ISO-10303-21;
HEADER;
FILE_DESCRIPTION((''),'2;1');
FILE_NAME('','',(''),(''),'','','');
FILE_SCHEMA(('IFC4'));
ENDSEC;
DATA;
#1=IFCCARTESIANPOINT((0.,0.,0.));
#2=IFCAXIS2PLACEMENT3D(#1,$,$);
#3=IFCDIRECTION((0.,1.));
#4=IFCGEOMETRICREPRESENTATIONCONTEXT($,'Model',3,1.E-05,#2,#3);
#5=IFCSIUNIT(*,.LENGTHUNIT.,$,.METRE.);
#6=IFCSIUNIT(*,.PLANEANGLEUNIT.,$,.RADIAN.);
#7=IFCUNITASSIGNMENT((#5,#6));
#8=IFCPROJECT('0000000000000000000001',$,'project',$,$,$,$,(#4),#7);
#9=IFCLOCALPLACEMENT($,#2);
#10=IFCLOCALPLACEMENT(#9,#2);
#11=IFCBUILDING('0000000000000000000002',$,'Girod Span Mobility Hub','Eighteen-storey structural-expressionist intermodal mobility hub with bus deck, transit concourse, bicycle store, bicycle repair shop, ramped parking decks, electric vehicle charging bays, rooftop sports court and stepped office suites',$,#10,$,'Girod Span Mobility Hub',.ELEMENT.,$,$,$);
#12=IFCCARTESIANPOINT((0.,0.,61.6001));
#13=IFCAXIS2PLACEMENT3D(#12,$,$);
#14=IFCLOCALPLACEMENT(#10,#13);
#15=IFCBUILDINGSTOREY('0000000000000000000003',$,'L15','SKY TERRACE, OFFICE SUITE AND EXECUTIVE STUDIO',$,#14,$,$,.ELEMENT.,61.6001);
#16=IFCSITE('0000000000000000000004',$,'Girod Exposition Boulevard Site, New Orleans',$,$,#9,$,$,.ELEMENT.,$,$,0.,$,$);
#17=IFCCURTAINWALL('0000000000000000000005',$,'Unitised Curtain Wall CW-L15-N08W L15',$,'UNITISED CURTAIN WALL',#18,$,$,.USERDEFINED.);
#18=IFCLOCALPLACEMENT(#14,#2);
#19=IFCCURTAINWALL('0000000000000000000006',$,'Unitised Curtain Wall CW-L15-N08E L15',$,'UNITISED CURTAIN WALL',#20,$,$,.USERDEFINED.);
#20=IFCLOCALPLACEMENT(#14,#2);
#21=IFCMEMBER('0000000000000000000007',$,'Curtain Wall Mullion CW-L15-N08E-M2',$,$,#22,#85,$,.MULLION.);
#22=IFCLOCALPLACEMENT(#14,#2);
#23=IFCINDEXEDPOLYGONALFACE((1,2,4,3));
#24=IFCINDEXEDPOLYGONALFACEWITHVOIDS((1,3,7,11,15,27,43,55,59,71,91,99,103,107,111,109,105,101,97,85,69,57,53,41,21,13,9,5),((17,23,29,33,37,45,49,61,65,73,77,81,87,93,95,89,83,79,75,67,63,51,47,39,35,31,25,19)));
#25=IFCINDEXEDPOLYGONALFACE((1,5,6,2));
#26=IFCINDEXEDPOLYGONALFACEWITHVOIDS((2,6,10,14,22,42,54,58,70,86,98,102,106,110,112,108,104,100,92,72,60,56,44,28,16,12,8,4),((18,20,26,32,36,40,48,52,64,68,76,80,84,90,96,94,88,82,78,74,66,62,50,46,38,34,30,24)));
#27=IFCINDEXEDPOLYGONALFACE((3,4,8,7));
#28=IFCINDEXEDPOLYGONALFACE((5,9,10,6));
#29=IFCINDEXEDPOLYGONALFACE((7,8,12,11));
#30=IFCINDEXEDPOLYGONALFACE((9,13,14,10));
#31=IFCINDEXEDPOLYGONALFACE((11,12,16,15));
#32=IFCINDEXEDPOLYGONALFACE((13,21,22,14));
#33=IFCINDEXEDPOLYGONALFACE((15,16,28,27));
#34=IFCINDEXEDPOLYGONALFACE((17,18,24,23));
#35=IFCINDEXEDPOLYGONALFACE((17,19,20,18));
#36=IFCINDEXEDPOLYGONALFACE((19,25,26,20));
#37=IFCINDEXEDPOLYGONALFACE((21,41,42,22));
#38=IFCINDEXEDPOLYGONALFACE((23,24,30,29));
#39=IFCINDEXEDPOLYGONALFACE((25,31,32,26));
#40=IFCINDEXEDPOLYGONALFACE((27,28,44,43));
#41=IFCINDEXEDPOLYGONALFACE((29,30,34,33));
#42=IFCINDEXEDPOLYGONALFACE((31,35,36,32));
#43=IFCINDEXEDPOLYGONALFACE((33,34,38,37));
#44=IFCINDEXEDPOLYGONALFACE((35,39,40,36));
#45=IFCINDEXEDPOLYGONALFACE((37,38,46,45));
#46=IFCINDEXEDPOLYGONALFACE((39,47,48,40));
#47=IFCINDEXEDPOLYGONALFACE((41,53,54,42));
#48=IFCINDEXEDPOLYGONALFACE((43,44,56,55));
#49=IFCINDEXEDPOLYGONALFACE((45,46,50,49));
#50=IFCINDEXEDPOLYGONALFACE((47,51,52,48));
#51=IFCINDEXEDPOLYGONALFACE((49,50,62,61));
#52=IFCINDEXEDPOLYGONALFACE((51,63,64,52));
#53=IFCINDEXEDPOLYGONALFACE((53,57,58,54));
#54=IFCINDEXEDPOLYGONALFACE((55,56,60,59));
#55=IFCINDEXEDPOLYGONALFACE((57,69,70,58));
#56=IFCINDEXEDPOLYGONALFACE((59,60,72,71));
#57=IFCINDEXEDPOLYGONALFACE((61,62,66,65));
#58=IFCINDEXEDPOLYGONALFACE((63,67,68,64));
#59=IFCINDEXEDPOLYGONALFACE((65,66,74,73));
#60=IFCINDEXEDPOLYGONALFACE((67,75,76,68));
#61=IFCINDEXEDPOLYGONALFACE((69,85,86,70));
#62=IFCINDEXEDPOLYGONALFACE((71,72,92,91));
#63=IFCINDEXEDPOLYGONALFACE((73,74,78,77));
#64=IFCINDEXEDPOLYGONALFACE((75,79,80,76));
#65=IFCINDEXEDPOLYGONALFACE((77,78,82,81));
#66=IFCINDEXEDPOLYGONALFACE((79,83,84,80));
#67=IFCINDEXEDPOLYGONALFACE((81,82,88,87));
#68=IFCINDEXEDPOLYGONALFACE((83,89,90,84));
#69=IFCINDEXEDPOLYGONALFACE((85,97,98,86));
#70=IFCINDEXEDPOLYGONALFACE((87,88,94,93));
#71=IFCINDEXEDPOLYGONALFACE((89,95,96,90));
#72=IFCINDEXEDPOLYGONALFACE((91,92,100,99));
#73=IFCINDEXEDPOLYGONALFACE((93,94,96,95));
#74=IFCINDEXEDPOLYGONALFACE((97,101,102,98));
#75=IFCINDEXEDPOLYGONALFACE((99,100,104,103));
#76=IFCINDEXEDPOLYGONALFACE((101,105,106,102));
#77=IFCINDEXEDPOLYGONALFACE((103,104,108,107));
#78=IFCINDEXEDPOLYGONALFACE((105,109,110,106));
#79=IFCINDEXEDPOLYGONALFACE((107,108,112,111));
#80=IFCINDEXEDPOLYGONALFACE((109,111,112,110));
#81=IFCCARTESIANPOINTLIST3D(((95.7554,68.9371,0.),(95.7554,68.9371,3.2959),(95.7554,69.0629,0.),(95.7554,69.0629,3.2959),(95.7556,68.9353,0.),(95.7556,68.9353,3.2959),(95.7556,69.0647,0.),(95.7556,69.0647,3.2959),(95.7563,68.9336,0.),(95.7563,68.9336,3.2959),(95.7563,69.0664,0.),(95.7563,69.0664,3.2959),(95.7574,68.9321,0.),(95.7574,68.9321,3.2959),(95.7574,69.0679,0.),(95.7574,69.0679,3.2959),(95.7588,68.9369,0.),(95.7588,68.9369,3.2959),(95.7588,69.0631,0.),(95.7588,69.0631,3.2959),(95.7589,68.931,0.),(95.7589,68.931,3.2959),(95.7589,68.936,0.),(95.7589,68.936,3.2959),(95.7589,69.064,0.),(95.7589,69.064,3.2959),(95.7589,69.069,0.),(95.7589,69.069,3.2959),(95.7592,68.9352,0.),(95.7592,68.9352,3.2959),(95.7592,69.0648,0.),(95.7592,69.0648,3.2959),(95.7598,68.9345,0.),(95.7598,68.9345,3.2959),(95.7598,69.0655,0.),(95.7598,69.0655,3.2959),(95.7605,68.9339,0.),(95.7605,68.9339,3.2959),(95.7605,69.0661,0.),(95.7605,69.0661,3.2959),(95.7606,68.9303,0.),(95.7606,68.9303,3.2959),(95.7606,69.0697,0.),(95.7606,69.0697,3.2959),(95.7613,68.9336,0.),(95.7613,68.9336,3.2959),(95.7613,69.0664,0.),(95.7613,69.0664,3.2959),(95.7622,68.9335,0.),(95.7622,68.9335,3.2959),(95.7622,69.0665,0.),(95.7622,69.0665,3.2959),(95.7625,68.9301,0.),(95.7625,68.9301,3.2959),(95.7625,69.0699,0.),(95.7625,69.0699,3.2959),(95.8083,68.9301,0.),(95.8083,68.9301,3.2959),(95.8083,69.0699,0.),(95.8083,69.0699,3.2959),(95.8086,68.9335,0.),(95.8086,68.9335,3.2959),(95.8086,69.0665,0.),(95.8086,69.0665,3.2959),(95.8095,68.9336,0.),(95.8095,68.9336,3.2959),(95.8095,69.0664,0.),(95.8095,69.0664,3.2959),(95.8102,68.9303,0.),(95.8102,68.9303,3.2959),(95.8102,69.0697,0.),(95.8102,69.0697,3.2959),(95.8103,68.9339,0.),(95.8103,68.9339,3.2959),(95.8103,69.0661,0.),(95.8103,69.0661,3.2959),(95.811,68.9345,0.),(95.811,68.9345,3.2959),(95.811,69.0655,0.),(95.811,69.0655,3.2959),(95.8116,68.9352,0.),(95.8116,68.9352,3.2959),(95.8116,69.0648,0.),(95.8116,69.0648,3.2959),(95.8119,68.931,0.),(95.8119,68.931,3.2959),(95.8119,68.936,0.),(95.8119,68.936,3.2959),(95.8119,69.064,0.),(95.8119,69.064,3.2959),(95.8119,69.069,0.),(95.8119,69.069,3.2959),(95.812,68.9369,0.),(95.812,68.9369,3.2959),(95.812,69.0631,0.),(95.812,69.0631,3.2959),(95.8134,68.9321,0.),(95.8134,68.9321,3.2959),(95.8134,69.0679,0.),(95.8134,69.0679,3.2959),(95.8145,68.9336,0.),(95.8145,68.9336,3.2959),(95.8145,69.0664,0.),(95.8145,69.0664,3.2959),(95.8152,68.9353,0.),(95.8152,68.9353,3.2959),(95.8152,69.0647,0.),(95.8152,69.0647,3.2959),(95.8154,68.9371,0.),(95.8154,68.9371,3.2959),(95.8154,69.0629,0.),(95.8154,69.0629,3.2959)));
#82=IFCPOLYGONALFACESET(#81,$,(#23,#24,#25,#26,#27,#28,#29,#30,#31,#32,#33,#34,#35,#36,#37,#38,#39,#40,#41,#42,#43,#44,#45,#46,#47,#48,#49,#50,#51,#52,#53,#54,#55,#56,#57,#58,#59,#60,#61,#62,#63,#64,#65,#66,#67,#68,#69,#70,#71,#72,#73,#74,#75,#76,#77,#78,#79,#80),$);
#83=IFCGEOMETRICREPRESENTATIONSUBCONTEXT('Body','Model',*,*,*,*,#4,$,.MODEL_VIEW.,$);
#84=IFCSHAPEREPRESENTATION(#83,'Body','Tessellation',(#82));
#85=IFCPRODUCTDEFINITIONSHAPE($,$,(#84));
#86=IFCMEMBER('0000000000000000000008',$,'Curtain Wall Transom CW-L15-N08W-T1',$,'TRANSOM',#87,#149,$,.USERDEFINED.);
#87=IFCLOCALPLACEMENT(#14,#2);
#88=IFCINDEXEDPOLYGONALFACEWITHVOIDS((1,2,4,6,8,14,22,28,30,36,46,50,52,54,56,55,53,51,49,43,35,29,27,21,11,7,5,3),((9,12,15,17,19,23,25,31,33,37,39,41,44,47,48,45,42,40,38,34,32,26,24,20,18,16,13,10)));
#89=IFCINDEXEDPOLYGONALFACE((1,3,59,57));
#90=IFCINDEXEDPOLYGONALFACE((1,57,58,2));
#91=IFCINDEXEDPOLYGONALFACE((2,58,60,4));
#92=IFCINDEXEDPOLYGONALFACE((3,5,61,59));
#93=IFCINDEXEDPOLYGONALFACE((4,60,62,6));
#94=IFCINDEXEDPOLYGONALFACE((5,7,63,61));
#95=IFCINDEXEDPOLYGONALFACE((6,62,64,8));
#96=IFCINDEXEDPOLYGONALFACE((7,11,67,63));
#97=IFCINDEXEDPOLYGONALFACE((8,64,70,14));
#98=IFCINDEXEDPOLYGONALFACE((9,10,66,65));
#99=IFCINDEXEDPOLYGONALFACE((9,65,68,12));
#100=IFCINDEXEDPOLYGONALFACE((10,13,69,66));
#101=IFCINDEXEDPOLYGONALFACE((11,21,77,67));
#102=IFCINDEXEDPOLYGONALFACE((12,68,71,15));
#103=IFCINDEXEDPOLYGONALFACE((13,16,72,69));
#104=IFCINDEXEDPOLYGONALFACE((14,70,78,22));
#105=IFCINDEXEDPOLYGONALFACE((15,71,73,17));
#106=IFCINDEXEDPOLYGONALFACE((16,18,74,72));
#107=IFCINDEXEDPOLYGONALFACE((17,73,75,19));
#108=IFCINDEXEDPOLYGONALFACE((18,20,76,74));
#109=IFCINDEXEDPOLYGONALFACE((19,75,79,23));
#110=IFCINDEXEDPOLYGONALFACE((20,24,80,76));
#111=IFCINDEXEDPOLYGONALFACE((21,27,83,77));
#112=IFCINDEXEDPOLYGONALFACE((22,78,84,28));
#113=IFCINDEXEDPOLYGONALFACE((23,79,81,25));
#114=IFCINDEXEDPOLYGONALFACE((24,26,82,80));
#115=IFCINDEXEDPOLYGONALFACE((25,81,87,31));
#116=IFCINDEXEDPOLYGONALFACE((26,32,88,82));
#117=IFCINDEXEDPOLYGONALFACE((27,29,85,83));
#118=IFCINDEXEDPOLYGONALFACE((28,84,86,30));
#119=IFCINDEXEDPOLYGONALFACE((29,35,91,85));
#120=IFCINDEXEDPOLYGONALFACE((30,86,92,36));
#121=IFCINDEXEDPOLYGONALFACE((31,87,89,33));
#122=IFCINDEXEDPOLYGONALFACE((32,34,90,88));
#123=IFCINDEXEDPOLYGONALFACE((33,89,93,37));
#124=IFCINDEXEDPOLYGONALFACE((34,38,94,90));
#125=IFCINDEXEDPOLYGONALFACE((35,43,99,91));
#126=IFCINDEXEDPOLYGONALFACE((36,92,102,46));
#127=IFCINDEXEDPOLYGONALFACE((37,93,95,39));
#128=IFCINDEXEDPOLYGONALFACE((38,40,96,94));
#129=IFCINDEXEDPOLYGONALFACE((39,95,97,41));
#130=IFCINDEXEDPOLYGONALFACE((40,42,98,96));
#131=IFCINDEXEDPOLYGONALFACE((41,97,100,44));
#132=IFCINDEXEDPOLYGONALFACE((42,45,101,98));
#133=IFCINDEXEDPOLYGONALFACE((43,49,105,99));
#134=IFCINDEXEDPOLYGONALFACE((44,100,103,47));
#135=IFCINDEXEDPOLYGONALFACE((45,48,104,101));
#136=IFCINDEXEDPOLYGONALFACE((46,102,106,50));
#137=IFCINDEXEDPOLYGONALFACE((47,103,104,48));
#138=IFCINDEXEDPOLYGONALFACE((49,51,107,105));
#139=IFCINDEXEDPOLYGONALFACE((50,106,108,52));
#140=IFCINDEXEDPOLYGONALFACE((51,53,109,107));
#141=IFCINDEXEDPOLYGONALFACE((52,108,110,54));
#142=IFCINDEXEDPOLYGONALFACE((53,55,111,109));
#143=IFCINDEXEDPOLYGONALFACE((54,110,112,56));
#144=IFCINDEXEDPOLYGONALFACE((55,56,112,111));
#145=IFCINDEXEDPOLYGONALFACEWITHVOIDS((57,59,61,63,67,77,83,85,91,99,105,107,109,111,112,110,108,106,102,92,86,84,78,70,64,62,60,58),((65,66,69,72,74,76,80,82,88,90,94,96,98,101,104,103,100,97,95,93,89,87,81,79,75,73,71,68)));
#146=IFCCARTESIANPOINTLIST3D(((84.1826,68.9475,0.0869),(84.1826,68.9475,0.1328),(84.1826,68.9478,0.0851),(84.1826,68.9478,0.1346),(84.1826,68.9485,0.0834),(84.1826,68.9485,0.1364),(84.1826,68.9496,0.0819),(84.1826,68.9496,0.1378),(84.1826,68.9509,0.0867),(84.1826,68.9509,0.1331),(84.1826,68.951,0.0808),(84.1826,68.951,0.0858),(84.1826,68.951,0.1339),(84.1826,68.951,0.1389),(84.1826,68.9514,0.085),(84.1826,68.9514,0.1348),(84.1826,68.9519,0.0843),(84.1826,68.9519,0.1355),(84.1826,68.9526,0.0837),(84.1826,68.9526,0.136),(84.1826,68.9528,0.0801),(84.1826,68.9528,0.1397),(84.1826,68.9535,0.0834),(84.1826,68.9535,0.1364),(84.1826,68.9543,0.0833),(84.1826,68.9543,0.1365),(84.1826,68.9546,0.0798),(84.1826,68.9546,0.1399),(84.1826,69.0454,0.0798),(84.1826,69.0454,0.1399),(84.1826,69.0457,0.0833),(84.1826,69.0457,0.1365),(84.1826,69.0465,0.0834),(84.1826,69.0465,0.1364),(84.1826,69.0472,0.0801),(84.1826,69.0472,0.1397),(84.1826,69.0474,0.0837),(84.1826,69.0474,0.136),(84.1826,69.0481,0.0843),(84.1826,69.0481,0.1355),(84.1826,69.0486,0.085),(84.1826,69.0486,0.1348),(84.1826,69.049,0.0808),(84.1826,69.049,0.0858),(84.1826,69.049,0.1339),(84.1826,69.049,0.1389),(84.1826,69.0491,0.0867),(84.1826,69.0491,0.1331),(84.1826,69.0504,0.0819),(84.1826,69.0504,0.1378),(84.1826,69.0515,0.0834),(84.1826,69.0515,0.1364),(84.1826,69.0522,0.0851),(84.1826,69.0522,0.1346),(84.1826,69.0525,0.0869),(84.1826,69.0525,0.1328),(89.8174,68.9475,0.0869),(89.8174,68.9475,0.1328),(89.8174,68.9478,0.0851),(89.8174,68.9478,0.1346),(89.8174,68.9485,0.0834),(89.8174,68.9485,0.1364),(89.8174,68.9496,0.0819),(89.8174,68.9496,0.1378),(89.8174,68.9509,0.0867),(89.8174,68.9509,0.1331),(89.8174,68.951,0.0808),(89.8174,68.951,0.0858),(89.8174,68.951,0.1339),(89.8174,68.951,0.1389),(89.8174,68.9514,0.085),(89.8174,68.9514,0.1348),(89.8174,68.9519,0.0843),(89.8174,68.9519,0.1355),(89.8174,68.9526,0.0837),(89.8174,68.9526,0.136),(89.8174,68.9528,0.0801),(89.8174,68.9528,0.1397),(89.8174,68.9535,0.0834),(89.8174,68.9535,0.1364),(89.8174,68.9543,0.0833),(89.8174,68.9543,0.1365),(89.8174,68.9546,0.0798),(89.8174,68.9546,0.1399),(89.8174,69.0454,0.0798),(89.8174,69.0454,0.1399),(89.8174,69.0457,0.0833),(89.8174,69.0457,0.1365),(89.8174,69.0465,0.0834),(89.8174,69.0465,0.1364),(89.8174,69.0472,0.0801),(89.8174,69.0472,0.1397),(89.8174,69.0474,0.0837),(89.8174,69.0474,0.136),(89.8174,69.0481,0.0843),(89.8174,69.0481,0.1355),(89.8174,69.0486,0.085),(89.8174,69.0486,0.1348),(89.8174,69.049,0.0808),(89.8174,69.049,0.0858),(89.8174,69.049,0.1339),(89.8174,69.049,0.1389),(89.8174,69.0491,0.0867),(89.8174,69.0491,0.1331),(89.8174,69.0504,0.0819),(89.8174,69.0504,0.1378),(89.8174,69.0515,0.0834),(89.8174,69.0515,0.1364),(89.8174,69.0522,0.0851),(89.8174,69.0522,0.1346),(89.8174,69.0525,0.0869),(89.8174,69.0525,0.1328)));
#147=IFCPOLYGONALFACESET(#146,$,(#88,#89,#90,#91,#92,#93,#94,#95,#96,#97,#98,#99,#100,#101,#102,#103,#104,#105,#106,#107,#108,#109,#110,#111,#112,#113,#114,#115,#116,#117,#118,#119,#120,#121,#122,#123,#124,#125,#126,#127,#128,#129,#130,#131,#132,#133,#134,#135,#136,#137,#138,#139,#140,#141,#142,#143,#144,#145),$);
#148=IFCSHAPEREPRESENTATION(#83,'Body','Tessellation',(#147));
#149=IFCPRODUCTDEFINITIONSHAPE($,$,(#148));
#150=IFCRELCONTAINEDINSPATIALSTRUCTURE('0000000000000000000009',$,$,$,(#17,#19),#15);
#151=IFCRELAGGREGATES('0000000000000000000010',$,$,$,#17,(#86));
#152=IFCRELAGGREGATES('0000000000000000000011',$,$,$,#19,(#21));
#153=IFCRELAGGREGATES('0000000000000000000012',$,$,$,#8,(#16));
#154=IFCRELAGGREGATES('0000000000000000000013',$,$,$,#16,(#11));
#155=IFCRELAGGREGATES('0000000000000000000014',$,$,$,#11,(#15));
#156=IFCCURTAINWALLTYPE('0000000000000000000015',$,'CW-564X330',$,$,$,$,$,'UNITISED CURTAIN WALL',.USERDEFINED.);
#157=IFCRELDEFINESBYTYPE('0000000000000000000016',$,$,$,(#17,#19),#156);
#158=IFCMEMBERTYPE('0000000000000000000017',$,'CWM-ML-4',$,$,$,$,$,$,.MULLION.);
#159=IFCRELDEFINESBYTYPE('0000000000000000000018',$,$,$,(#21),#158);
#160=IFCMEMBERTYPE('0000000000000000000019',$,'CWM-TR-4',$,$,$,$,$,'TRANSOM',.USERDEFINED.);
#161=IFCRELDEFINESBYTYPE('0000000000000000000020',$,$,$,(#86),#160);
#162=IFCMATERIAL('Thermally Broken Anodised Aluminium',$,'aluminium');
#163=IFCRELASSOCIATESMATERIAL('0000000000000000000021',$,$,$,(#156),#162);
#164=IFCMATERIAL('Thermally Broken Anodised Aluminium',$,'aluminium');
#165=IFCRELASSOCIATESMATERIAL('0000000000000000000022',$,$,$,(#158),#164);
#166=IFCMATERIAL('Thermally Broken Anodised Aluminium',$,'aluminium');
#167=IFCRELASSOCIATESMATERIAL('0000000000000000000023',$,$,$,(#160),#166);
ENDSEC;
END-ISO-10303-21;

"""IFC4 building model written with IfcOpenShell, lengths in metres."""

from ifc_helpers import new_model, si_unit, direction, frame, origin, origin_2d, place, context, subcontext, project, spatial, hollow_rectangle, extrude, material, material_profile, profile_set, type_object, element, aggregate, save


model = new_model("IFC4")

# Units and contexts
model_context = context("Model", 3, precision=1e-05, world=origin(), true_north=direction((0.0, 1.0)))
body_context = subcontext(model_context, "Body", "Model", "MODEL_VIEW")
ifc_project = project(units=[si_unit("LENGTHUNIT", "METRE"), si_unit("PLANEANGLEUNIT", "RADIAN")], contexts=[model_context])

# Site, building, storey
site_placement = place(None, origin())
site = spatial("IfcSite", under=ifc_project, at=site_placement, Name="Girod Exposition Boulevard Site, New Orleans", CompositionType="ELEMENT", RefElevation=0.0)
building_placement = place(site_placement, origin())
building = spatial("IfcBuilding", under=site, at=building_placement, Name="Girod Span Mobility Hub", Description="Eighteen-storey structural-expressionist intermodal mobility hub with bus deck, transit concourse, bicycle store, bicycle repair shop, ramped parking decks, electric vehicle charging bays, rooftop sports court and stepped office suites", LongName="Girod Span Mobility Hub", CompositionType="ELEMENT")
storey_placement = place(building_placement, frame((0.0, 0.0, 61.6001)))
storey = spatial("IfcBuildingStorey", under=building, at=storey_placement, Name="L15", Description="SKY TERRACE, OFFICE SUITE AND EXECUTIVE STUDIO", CompositionType="ELEMENT", Elevation=61.6001)

# Curtain walls, member
ifc_material_1 = material(Name="Thermally Broken Anodised Aluminium", Category="aluminium")
curtain_wall_type = type_object("IfcCurtainWallType", Name="CW-564X330", ElementType="UNITISED CURTAIN WALL", PredefinedType="USERDEFINED", material=ifc_material_1)
ifc_material_2 = material(Name="Thermally Broken Anodised Aluminium", Category="aluminium")
ifc_material_profile_1 = material_profile(ifc_material_2, hollow_rectangle(XDim=0.1399, YDim=0.0601, WallThickness=0.0034, InnerFilletRadius=0.0034, OuterFilletRadius=0.0071, at=origin_2d()), Name="CW-ML-60X140")
ifc_profile_set_1 = profile_set([ifc_material_profile_1], Name="Thermally Broken Anodised Aluminium")
member_type_1 = type_object("IfcMemberType", Name="CWM-ML-4", PredefinedType="MULLION", material=ifc_profile_set_1)
curtain_wall_1_placement = place(storey_placement, origin())
curtain_wall_1 = element("IfcCurtainWall", 1, at=curtain_wall_1_placement, inside=storey, type_object=curtain_wall_type, Name="Unitised Curtain Wall CW-L15-N08W L15", ObjectType="UNITISED CURTAIN WALL", PredefinedType="USERDEFINED")
curtain_wall_2_placement = place(storey_placement, origin())
curtain_wall_2 = element("IfcCurtainWall", 2, at=curtain_wall_2_placement, inside=storey, type_object=curtain_wall_type, Name="Unitised Curtain Wall CW-L15-N08E L15", ObjectType="UNITISED CURTAIN WALL", PredefinedType="USERDEFINED")
member_1_placement = place(storey_placement, frame((95.7854, 69.0, 0.0), z_axis=(0.0, 0.0, 1.0), x_axis=(0.0, 1.0, 0.0)))
member_1 = element("IfcMember", 3, at=member_1_placement, type_object=member_type_1, Name="Curtain Wall Mullion CW-L15-N08E-M2", PredefinedType="MULLION", context=body_context, shape_type="SweptSolid", body=[
    extrude(hollow_rectangle(XDim=0.1399, YDim=0.0601, WallThickness=0.0034, InnerFilletRadius=0.0034, OuterFilletRadius=0.0071, at=origin_2d()), origin(), (0.0, 0.0, 1.0), 3.2959),
])

# Member
ifc_material_3 = material(Name="Thermally Broken Anodised Aluminium", Category="aluminium")
ifc_material_profile_2 = material_profile(ifc_material_3, hollow_rectangle(XDim=0.105, YDim=0.0601, WallThickness=0.0034, InnerFilletRadius=0.0034, OuterFilletRadius=0.0071, at=origin_2d()), Name="CW-TR-60X105")
ifc_profile_set_2 = profile_set([ifc_material_profile_2], Name="Thermally Broken Anodised Aluminium")
member_type_2 = type_object("IfcMemberType", Name="CWM-TR-4", ElementType="TRANSOM", PredefinedType="USERDEFINED", material=ifc_profile_set_2)
member_2_placement = place(storey_placement, frame((84.1826, 69.0, 0.1099), z_axis=(1.0, 0.0, 0.0), x_axis=(0.0, 1.0, 0.0)))
member_2 = element("IfcMember", 4, at=member_2_placement, type_object=member_type_2, Name="Curtain Wall Transom CW-L15-N08W-T1", ObjectType="TRANSOM", PredefinedType="USERDEFINED", context=body_context, shape_type="SweptSolid", body=[
    extrude(hollow_rectangle(XDim=0.105, YDim=0.0601, WallThickness=0.0034, InnerFilletRadius=0.0034, OuterFilletRadius=0.0071, at=origin_2d()), origin(), (0.0, 0.0, 1.0), 5.6348),
])

aggregate(curtain_wall_1, [member_2])
aggregate(curtain_wall_2, [member_1])

save(model, "model.ifc")
